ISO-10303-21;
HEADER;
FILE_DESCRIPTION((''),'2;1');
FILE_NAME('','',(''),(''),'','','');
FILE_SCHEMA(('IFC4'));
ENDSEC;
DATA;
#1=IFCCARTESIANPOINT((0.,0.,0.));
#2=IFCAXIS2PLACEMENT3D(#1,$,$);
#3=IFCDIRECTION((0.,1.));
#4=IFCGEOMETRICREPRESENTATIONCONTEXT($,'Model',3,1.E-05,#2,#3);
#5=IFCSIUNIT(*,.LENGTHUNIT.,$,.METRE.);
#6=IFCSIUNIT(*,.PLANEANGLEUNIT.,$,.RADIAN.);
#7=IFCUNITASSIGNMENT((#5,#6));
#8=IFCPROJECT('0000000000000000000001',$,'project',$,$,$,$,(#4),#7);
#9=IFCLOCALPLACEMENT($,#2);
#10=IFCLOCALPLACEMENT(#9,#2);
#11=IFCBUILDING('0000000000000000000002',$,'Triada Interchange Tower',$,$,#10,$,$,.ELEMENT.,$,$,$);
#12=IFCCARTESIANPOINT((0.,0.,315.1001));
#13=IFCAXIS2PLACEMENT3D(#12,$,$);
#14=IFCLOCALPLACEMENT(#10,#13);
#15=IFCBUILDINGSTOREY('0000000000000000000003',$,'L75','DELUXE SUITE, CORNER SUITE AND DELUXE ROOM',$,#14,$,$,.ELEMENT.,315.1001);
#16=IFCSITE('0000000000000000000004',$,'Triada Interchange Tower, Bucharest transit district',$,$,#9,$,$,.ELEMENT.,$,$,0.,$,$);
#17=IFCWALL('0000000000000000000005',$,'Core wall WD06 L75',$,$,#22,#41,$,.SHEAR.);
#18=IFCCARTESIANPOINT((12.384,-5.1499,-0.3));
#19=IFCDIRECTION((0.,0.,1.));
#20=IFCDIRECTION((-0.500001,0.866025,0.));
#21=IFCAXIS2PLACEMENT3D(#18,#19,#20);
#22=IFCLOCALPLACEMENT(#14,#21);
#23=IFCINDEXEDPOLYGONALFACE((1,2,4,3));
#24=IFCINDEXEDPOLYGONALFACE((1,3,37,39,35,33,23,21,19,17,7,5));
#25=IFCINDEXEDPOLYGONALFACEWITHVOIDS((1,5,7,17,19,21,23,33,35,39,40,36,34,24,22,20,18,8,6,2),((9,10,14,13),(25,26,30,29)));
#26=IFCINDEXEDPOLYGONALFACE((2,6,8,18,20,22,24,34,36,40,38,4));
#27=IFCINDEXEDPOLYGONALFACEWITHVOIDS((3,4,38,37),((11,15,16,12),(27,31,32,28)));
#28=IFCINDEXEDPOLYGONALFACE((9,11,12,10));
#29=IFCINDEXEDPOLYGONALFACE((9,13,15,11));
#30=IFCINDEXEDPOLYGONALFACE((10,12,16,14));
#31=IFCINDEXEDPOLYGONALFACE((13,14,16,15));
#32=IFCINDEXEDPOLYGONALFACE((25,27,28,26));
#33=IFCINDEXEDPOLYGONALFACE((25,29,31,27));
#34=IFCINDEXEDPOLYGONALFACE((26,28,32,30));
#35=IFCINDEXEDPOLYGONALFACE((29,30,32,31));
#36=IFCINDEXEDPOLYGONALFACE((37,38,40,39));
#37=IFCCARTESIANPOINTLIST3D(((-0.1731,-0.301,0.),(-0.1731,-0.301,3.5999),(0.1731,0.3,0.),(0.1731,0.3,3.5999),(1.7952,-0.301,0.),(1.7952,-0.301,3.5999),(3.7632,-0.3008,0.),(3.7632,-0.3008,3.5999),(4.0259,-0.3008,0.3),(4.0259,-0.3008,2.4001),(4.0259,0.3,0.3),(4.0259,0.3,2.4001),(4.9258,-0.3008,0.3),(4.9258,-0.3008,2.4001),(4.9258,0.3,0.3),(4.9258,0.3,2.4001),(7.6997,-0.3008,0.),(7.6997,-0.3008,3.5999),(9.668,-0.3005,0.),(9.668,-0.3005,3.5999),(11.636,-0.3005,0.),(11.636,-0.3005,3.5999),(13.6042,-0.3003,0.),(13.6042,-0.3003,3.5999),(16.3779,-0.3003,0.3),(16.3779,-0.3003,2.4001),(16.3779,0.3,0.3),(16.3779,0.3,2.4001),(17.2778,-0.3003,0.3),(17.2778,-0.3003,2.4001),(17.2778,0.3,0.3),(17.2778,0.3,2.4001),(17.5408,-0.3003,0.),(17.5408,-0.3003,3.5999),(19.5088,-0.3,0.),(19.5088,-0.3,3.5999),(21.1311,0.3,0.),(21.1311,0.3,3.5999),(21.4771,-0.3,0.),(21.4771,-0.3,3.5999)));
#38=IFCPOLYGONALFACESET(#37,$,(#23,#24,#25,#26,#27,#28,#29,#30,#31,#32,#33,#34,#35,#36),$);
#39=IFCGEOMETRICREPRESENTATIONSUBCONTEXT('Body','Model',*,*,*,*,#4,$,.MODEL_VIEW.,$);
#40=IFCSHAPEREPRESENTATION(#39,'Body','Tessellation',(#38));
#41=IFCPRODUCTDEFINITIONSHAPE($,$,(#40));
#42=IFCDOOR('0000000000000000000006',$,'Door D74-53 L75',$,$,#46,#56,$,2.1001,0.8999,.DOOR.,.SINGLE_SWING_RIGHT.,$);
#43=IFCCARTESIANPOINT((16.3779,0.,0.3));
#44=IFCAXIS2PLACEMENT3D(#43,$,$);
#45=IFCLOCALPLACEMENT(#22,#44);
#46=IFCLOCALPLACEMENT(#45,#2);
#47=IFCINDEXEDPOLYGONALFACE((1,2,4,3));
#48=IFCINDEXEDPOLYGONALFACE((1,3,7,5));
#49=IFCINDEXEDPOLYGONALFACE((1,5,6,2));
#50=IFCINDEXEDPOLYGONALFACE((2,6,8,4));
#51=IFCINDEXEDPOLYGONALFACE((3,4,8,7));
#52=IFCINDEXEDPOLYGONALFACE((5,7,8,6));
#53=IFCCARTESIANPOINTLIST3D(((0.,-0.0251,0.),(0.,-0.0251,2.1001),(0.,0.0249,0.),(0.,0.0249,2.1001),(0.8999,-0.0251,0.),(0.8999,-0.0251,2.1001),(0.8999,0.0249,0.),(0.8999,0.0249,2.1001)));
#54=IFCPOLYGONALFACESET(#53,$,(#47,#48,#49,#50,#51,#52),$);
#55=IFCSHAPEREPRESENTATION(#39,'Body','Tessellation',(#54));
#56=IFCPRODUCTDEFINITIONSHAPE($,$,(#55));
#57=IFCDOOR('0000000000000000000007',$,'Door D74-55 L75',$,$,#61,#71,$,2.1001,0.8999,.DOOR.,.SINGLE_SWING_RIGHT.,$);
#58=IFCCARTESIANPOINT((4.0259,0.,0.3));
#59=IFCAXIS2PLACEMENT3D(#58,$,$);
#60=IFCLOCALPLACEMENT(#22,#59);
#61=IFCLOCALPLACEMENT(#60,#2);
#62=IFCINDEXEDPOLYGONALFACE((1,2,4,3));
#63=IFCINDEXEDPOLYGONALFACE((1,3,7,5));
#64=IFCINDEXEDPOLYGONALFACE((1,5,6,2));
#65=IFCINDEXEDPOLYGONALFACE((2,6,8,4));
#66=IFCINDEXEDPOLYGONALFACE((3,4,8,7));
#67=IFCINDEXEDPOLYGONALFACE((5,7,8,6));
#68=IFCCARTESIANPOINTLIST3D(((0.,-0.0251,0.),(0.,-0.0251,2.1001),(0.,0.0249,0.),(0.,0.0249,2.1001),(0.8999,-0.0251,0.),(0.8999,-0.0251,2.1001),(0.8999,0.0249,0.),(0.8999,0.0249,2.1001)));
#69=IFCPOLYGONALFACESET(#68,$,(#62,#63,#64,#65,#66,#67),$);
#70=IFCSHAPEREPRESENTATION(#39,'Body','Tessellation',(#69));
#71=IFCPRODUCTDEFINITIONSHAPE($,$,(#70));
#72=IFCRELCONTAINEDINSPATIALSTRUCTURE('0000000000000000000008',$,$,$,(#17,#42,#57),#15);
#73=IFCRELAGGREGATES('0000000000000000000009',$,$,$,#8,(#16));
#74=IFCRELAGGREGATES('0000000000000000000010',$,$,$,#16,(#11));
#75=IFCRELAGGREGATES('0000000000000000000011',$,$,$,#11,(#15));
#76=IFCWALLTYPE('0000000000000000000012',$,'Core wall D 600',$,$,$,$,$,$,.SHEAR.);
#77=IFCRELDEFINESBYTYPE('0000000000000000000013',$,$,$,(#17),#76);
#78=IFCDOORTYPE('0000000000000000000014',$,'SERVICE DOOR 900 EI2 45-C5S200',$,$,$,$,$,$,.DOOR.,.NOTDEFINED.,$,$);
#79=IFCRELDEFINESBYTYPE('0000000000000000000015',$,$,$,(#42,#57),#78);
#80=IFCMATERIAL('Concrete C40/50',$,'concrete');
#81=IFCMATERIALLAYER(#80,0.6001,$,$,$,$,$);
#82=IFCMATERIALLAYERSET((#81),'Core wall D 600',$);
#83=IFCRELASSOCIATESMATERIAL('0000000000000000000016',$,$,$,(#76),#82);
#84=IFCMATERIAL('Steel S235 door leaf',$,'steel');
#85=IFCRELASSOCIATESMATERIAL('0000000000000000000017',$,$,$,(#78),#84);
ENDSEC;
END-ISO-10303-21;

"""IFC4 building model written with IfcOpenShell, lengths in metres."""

from ifc_helpers import new_model, si_unit, direction, frame, frame_2d, origin, place, context, subcontext, project, spatial, polyline, rectangle, outline, extrude, material, layer, layer_set, type_object, element, fill, save


model = new_model("IFC4")

# Units and contexts
model_context = context("Model", 3, precision=1e-05, world=origin(), true_north=direction((0.0, 1.0)))
body_context = subcontext(model_context, "Body", "Model", "MODEL_VIEW")
ifc_project = project(units=[si_unit("LENGTHUNIT", "METRE"), si_unit("PLANEANGLEUNIT", "RADIAN")], contexts=[model_context])

# Site, building, storey
site_placement = place(None, origin())
site = spatial("IfcSite", under=ifc_project, at=site_placement, Name="Triada Interchange Tower, Bucharest transit district", CompositionType="ELEMENT", RefElevation=0.0)
building_placement = place(site_placement, origin())
building = spatial("IfcBuilding", under=site, at=building_placement, Name="Triada Interchange Tower", CompositionType="ELEMENT")
storey_placement = place(building_placement, frame((0.0, 0.0, 315.1001)))
storey = spatial("IfcBuildingStorey", under=building, at=storey_placement, Name="L75", Description="DELUXE SUITE, CORNER SUITE AND DELUXE ROOM", CompositionType="ELEMENT", Elevation=315.1001)

# Shared definitions
ifc_material_1 = material(Name="Concrete C40/50", Category="concrete")

# Shared definitions
ifc_layer_1 = layer(ifc_material_1, 0.6001)
ifc_layer_set_1 = layer_set([ifc_layer_1], Name="Core wall D 600")
wall_type_1 = type_object("IfcWallType", Name="Core wall D 600", PredefinedType="SHEAR", material=ifc_layer_set_1)
ifc_material_2 = material(Name="Steel S235 door leaf", Category="steel")

# Wall, openings, doors
wall_1_placement = place(storey_placement, frame((12.384, -5.1499, -0.3), z_axis=(0.0, 0.0, 1.0), x_axis=(-0.500001, 0.866025, 0.0)))
wall_1 = element("IfcWall", 1, at=wall_1_placement, inside=storey, type_object=wall_type_1, Name="Core wall WD06 L75", PredefinedType="SHEAR", context=body_context, shape_type="SweptSolid", body=[
    extrude(outline(polyline([(-0.1731, -0.301), (1.7952, -0.301), (3.7632, -0.3008), (5.7314, -0.3008), (7.6997, -0.3008), (9.668, -0.3005), (11.636, -0.3005), (13.6042, -0.3003), (15.5725, -0.3003), (17.5408, -0.3003), (19.5088, -0.3), (21.4771, -0.3), (21.1311, 0.3), (19.2258, 0.3), (17.3206, 0.3), (15.4153, 0.3), (13.51, 0.3), (11.6047, 0.3), (9.6995, 0.3), (7.7942, 0.3), (5.8889, 0.3), (3.9836, 0.3), (2.0784, 0.3), (0.1731, 0.3), (-0.1731, -0.301)])), origin(), (0.0, 0.0, 1.0), 3.5999),
])
opening_1_placement = place(wall_1_placement, frame((16.3779, 0.0, 0.3)))
opening_1 = element("IfcOpeningElement", 2, at=opening_1_placement, cuts=wall_1, PredefinedType="OPENING", context=body_context, shape_type="SweptSolid", body=[
    extrude(rectangle(XDim=0.8999, YDim=2.1001, at=frame_2d((0.45, 1.05))), frame((0.0, 0.3101, 0.0), z_axis=(0.0, -1.0, 0.0), x_axis=(1.0, 0.0, 0.0)), (0.0, 0.0, 1.0), 0.6211),
])
opening_2_placement = place(wall_1_placement, frame((4.0259, 0.0, 0.3)))
opening_2 = element("IfcOpeningElement", 3, at=opening_2_placement, cuts=wall_1, PredefinedType="OPENING", context=body_context, shape_type="SweptSolid", body=[
    extrude(rectangle(XDim=0.8999, YDim=2.1001, at=frame_2d((0.45, 1.05))), frame((0.0, 0.3101, 0.0), z_axis=(0.0, -1.0, 0.0), x_axis=(1.0, 0.0, 0.0)), (0.0, 0.0, 1.0), 0.6211),
])
door_type_1 = type_object("IfcDoorType", Name="SERVICE DOOR 900 EI2 45-C5S200", OperationType="NOTDEFINED", PredefinedType="DOOR", material=ifc_material_2)
door_1_placement = place(opening_1_placement, origin())
door_1 = element("IfcDoor", 4, at=door_1_placement, inside=storey, type_object=door_type_1, Name="Door D74-53 L75", OperationType="SINGLE_SWING_RIGHT", OverallHeight=2.1001, OverallWidth=0.8999, PredefinedType="DOOR", context=body_context, shape_type="SweptSolid", body=[
    extrude(rectangle(XDim=0.8999, YDim=2.1001, at=frame_2d((0.45, 1.05))), frame((0.0, 0.0249, 0.0), z_axis=(0.0, -1.0, 0.0), x_axis=(1.0, 0.0, 0.0)), (0.0, 0.0, 1.0), 0.05),
])
fill(opening_1, door_1)
door_2_placement = place(opening_2_placement, origin())
door_2 = element("IfcDoor", 5, at=door_2_placement, inside=storey, type_object=door_type_1, Name="Door D74-55 L75", OperationType="SINGLE_SWING_RIGHT", OverallHeight=2.1001, OverallWidth=0.8999, PredefinedType="DOOR", context=body_context, shape_type="SweptSolid", body=[
    extrude(rectangle(XDim=0.8999, YDim=2.1001, at=frame_2d((0.45, 1.05))), frame((0.0, 0.0249, 0.0), z_axis=(0.0, -1.0, 0.0), x_axis=(1.0, 0.0, 0.0)), (0.0, 0.0, 1.0), 0.05),
])
fill(opening_2, door_2)

save(model, "model.ifc")
